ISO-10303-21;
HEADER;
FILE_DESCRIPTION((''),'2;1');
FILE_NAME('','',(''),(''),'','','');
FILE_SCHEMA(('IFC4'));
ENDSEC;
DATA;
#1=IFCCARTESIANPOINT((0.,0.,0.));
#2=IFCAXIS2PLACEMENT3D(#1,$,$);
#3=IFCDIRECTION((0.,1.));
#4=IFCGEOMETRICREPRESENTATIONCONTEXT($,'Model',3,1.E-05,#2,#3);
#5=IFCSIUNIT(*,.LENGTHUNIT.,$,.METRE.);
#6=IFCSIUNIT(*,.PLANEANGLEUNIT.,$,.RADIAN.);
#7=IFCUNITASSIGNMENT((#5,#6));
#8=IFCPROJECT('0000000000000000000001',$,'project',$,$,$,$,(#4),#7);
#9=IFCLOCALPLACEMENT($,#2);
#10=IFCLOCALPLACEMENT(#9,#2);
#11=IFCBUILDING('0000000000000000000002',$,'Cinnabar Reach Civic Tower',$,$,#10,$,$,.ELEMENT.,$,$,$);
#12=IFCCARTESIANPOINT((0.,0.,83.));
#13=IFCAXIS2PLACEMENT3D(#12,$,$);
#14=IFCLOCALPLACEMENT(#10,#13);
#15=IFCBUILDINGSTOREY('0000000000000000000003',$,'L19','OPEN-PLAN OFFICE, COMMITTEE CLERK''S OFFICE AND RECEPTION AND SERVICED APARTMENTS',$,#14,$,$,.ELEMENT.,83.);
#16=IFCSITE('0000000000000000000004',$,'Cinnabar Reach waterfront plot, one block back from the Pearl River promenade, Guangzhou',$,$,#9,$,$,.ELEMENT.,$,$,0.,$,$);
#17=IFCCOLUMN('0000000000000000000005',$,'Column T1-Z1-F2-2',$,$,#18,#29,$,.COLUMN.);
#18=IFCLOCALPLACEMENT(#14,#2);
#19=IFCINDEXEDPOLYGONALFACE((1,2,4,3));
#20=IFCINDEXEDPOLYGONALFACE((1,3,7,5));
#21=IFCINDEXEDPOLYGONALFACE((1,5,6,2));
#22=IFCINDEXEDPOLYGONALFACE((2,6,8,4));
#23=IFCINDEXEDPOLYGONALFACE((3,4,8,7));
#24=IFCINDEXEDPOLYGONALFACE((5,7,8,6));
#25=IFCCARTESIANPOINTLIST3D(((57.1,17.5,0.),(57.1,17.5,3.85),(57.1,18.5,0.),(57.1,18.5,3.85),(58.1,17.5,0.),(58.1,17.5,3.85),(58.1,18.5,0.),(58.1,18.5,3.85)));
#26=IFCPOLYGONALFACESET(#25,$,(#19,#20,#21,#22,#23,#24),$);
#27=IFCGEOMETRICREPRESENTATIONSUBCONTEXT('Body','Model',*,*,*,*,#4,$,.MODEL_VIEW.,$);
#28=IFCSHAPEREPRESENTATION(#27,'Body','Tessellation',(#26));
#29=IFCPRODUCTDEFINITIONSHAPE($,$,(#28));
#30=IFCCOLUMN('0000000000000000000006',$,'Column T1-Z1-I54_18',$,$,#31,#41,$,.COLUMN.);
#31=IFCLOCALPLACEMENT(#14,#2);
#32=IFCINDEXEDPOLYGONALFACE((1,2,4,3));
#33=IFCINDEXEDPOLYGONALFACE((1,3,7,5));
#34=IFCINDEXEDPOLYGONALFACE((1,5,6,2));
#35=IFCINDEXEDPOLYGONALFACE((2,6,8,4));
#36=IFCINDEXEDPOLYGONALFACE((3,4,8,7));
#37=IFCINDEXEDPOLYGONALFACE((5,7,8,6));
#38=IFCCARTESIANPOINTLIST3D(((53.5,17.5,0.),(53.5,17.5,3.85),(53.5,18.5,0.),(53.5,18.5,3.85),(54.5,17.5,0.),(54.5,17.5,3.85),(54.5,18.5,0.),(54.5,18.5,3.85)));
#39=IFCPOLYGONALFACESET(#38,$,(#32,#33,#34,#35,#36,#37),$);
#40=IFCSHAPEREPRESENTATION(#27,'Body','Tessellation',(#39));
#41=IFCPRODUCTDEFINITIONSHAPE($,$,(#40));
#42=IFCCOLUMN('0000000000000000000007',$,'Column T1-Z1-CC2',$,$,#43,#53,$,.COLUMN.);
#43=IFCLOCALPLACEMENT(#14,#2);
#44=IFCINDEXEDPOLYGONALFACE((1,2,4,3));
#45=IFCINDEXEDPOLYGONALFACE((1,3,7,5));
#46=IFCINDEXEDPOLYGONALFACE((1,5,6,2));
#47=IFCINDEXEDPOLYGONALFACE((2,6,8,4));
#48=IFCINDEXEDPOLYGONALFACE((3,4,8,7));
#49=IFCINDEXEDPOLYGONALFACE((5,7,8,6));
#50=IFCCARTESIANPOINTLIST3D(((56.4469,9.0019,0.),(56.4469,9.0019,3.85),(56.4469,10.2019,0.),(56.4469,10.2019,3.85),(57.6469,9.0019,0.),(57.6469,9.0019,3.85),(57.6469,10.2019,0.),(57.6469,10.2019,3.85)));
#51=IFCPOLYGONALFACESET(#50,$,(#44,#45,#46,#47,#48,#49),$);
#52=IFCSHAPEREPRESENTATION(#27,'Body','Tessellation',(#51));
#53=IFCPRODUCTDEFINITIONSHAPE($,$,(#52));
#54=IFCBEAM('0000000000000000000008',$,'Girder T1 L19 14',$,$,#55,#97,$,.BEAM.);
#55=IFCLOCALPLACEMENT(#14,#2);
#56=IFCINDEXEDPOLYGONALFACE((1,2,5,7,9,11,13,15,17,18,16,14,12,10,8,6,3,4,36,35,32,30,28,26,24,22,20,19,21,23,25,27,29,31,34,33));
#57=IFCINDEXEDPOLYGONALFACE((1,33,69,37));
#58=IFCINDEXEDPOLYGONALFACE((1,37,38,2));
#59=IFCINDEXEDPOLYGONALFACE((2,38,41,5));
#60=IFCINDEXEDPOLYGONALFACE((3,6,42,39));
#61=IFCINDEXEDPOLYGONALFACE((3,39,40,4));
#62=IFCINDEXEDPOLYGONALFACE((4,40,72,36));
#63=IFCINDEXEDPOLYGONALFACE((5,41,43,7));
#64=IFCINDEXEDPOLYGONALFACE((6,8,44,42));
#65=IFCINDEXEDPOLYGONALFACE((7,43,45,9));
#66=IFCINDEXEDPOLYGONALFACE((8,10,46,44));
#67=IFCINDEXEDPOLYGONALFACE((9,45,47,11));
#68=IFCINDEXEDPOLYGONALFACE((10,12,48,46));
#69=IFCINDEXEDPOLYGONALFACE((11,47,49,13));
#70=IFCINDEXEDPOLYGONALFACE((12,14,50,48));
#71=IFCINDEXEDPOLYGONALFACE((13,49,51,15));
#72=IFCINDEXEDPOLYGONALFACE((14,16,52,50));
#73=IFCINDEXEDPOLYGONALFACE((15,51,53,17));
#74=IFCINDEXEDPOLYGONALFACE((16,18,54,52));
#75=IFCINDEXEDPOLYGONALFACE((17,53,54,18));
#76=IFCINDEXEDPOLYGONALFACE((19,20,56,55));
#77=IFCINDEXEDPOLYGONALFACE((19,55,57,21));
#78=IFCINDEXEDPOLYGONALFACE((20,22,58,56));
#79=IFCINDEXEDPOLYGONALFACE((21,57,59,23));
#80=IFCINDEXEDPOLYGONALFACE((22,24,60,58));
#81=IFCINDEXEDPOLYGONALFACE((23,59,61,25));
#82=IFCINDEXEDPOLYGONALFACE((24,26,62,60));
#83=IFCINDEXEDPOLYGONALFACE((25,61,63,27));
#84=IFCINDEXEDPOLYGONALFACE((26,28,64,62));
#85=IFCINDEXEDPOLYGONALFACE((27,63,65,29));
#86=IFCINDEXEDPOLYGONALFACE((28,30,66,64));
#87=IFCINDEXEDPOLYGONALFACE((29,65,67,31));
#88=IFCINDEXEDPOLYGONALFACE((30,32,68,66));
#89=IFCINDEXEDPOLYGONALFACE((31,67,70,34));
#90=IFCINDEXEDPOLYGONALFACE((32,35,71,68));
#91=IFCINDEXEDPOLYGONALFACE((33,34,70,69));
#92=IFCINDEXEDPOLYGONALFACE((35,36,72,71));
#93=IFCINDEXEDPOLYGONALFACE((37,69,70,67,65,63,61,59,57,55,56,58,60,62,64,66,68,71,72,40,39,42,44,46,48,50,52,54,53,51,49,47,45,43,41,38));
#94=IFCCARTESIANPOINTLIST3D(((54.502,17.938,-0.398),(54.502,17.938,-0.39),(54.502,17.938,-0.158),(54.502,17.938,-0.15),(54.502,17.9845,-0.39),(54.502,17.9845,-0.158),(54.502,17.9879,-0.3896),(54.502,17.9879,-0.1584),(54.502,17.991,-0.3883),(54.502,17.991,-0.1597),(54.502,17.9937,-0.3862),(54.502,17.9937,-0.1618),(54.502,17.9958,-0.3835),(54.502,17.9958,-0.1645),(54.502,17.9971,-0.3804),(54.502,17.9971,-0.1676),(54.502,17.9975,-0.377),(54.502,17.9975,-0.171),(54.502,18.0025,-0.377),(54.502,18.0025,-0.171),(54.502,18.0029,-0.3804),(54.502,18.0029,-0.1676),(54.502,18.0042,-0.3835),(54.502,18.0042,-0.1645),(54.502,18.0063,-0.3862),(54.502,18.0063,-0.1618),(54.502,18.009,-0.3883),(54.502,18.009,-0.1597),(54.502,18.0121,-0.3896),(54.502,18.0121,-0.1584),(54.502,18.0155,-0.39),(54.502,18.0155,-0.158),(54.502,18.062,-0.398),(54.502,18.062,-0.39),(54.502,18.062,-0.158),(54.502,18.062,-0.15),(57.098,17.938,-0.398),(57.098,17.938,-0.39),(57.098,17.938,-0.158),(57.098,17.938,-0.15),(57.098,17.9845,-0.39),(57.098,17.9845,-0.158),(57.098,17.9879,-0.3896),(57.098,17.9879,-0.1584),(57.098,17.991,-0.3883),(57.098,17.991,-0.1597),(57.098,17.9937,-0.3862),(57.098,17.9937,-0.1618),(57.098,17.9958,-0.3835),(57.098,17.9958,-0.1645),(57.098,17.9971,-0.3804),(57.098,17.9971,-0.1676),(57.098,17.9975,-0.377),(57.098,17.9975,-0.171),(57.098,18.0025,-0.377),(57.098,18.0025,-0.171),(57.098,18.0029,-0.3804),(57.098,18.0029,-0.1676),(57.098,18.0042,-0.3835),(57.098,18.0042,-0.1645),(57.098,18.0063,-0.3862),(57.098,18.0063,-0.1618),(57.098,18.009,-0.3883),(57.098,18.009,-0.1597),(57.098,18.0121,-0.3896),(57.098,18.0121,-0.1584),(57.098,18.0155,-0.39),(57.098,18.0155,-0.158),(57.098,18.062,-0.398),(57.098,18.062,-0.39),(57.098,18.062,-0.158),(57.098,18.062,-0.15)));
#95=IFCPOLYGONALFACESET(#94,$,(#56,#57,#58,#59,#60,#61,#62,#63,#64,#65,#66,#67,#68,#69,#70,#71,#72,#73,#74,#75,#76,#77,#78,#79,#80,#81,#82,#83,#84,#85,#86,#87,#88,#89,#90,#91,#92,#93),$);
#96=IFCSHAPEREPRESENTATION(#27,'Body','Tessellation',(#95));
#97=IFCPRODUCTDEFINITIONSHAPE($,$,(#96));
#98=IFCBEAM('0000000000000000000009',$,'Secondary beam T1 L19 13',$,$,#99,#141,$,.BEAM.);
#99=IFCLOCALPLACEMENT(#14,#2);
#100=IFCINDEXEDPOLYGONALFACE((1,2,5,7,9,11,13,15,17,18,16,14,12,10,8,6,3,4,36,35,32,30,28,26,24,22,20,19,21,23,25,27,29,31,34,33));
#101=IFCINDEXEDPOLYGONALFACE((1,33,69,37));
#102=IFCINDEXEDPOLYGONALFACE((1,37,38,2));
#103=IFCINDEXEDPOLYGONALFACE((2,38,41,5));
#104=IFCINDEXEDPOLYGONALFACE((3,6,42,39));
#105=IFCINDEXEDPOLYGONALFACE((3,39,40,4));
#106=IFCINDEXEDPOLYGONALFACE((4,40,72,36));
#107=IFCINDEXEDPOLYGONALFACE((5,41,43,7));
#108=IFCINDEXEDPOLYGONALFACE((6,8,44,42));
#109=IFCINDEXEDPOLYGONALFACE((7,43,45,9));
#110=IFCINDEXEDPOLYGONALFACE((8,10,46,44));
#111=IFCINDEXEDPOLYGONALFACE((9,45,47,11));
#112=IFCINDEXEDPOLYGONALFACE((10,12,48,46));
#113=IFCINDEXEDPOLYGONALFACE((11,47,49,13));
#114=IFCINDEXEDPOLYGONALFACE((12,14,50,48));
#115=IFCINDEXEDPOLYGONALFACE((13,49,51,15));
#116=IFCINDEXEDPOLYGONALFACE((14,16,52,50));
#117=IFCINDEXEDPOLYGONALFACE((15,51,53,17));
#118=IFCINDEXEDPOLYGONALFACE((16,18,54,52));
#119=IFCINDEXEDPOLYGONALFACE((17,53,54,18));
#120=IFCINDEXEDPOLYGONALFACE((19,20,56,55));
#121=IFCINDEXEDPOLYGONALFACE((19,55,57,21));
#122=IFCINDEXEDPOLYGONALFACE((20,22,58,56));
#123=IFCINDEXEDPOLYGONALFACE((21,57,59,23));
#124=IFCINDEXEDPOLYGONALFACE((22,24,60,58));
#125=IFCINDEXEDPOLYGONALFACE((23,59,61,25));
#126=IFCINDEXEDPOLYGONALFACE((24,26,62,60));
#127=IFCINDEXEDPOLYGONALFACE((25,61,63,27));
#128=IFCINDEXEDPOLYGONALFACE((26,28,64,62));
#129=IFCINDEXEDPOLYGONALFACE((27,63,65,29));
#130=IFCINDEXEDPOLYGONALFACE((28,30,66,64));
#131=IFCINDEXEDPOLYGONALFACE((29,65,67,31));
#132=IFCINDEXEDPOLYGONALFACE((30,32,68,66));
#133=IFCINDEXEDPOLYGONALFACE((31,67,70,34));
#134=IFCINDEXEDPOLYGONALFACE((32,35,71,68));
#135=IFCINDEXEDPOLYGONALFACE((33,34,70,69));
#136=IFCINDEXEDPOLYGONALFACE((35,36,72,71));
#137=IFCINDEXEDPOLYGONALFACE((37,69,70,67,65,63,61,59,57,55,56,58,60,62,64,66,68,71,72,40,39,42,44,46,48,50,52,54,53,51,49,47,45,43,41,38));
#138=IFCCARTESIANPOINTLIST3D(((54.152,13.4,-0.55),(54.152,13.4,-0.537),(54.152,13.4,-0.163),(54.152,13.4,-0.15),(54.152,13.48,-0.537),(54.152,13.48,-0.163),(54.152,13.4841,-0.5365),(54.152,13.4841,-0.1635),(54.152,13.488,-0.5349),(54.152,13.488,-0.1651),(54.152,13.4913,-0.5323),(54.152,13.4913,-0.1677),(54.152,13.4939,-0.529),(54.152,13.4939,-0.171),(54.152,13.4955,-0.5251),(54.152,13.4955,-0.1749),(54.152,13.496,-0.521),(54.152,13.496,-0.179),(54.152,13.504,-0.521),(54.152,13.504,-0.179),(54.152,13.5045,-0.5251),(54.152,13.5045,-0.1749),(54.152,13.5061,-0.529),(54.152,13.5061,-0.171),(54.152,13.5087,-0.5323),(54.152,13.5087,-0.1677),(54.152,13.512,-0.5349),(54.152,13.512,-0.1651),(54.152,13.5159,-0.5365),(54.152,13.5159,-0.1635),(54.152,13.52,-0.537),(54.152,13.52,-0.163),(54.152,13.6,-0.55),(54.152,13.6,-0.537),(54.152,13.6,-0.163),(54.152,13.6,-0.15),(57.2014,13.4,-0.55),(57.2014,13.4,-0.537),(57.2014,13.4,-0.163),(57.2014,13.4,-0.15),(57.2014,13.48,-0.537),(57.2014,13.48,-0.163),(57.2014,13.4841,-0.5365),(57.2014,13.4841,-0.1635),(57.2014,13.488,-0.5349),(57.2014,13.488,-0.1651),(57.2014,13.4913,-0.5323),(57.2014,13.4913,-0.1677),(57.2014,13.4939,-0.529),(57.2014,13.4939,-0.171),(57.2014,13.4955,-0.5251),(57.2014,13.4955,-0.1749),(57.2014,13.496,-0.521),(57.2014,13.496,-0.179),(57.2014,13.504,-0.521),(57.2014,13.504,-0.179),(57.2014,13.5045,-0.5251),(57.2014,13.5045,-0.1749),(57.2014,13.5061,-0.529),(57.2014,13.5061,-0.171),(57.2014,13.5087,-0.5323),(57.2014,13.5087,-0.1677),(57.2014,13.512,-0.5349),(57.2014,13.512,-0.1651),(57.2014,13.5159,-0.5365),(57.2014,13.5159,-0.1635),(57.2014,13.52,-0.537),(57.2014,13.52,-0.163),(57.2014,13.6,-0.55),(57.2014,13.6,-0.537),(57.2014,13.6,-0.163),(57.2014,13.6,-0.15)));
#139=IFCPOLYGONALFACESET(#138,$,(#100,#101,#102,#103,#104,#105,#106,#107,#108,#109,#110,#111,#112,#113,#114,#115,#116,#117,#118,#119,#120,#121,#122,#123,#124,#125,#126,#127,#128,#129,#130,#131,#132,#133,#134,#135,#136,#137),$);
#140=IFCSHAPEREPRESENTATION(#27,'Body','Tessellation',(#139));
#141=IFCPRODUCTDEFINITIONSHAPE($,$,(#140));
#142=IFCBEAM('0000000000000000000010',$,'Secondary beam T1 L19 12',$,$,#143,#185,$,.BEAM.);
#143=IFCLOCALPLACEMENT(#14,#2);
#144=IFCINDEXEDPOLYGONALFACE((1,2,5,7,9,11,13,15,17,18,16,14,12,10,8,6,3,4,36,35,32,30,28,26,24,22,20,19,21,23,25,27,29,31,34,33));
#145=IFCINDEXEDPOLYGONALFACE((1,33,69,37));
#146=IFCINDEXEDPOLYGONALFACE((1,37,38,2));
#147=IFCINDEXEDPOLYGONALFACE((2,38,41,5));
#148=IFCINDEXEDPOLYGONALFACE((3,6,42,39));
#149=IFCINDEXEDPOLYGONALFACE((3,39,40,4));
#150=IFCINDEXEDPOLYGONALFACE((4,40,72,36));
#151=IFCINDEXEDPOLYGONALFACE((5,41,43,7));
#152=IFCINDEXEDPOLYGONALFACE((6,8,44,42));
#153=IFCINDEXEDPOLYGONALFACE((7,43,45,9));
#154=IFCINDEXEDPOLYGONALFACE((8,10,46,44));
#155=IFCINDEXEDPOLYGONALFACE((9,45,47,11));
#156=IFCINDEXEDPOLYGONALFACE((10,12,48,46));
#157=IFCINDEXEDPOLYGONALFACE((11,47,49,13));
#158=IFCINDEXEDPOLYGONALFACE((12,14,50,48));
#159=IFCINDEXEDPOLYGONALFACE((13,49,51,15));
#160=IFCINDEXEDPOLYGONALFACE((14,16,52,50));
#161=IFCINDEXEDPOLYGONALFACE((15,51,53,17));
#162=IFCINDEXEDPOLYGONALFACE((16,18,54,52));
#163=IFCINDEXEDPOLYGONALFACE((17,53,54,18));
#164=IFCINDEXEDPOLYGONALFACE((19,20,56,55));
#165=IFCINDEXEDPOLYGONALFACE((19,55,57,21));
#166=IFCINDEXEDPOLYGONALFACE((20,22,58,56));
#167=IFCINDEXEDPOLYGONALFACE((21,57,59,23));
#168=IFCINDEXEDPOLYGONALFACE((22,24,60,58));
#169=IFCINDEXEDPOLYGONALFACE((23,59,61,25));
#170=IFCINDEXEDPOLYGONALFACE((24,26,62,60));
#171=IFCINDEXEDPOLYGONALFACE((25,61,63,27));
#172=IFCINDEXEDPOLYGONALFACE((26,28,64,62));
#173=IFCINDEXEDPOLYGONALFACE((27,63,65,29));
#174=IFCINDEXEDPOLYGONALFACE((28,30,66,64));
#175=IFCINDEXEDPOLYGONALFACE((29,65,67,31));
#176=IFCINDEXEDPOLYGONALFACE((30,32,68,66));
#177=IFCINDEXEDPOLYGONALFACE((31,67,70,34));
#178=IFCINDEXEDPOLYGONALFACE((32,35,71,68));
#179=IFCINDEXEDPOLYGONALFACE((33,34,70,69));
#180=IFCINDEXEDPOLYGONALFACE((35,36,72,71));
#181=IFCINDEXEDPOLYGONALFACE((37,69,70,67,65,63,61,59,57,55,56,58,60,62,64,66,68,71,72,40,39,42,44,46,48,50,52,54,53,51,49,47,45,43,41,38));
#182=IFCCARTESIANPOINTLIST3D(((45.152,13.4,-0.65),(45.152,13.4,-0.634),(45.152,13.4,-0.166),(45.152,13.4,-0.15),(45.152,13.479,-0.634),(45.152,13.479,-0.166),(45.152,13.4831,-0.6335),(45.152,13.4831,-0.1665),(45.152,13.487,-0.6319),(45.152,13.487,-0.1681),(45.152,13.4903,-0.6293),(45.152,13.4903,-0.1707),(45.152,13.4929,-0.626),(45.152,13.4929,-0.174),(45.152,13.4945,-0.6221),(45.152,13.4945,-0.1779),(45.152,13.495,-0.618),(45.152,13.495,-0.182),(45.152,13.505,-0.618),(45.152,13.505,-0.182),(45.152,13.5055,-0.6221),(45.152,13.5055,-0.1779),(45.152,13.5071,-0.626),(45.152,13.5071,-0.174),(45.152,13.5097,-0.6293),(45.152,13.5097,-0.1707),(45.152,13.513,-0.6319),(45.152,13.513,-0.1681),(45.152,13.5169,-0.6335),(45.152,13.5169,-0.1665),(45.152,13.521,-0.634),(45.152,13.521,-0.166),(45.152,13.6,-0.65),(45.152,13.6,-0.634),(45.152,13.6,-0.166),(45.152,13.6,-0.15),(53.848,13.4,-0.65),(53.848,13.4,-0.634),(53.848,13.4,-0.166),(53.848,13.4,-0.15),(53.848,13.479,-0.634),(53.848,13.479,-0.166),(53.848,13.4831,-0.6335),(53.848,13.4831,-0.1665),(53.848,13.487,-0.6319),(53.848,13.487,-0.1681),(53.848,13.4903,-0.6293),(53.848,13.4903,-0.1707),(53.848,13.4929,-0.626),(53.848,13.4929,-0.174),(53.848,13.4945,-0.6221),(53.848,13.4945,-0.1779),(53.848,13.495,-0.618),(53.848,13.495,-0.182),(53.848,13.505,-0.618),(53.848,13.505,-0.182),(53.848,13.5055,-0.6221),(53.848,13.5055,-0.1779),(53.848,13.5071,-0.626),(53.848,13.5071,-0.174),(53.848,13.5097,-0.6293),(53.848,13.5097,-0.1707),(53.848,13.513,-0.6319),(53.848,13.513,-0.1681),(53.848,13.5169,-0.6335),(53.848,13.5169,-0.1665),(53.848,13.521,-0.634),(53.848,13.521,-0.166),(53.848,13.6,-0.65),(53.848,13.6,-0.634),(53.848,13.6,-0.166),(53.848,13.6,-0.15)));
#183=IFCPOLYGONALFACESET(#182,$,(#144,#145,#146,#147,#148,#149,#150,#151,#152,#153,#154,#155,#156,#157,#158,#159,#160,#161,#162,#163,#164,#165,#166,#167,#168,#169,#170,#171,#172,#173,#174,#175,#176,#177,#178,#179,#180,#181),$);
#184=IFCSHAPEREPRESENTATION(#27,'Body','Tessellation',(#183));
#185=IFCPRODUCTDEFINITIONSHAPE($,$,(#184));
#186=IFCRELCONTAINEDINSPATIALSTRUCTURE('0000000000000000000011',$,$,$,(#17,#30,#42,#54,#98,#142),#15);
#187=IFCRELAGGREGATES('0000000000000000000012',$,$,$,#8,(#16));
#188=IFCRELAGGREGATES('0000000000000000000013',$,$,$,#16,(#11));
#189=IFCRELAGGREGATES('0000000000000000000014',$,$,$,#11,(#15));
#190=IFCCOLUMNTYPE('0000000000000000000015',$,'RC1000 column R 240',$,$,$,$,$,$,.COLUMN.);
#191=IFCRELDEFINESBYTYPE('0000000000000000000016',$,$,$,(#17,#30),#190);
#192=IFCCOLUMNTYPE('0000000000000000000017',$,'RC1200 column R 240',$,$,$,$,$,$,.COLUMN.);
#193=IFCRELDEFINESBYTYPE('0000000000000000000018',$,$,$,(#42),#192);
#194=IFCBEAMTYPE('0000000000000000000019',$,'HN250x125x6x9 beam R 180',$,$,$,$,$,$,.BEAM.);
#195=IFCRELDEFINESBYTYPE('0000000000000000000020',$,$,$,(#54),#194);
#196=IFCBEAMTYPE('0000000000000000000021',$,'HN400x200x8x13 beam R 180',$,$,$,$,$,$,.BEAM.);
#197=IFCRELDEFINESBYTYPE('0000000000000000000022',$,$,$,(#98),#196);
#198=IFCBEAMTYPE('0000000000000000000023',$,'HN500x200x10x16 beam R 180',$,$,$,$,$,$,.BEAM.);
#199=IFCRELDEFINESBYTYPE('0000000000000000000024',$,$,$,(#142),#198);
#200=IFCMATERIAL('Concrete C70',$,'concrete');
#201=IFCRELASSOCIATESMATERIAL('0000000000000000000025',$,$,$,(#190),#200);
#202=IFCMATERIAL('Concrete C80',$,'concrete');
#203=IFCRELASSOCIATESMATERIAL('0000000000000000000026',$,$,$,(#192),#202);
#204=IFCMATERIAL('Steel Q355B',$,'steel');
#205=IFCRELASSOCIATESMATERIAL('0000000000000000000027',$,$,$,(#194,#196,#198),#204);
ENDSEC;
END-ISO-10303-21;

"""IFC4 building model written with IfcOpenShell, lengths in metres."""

from ifc_helpers import new_model, si_unit, direction, frame, origin, origin_2d, place, context, subcontext, project, spatial, rectangle, i_section, extrude, material, material_profile, profile_set, type_object, element, save


model = new_model("IFC4")

# Units and contexts
model_context = context("Model", 3, precision=1e-05, world=origin(), true_north=direction((0.0, 1.0)))
body_context = subcontext(model_context, "Body", "Model", "MODEL_VIEW")
ifc_project = project(units=[si_unit("LENGTHUNIT", "METRE"), si_unit("PLANEANGLEUNIT", "RADIAN")], contexts=[model_context])

# Site, building, storey
site_placement = place(None, origin())
site = spatial("IfcSite", under=ifc_project, at=site_placement, Name="Cinnabar Reach waterfront plot, one block back from the Pearl River promenade, Guangzhou", CompositionType="ELEMENT", RefElevation=0.0)
building_placement = place(site_placement, origin())
building = spatial("IfcBuilding", under=site, at=building_placement, Name="Cinnabar Reach Civic Tower", CompositionType="ELEMENT")
storey_placement = place(building_placement, frame((0.0, 0.0, 83.0)))
storey = spatial("IfcBuildingStorey", under=building, at=storey_placement, Name="L19", Description="OPEN-PLAN OFFICE, COMMITTEE CLERK'S OFFICE AND RECEPTION AND SERVICED APARTMENTS", CompositionType="ELEMENT", Elevation=83.0)

# Columns
ifc_material_1 = material(Name="Concrete C70", Category="concrete")
ifc_material_profile_1 = material_profile(ifc_material_1, rectangle(XDim=1.0, YDim=1.0, at=origin_2d()), Name="RC1000")
ifc_profile_set_1 = profile_set([ifc_material_profile_1], Name="Concrete C70")
column_type_1 = type_object("IfcColumnType", Name="RC1000 column R 240", PredefinedType="COLUMN", material=ifc_profile_set_1)
for number, where, z_axis, x_axis, name in (
    (1, (57.6, 18.0, 0.0), (0.0, 0.0, 1.0), (1.0, 0.0, 0.0), "Column T1-Z1-F2-2"),
    (2, (54.0, 18.0, 0.0), (0.0, 0.0, 1.0), (1.0, 0.0, 0.0), "Column T1-Z1-I54_18"),
):
    element("IfcColumn", number, at=place(storey_placement, frame(where, z_axis=z_axis, x_axis=x_axis)), inside=storey, type_object=column_type_1, Name=name, PredefinedType="COLUMN", context=body_context, shape_type="SweptSolid", body=[
        extrude(rectangle(XDim=1.0, YDim=1.0, at=origin_2d()), origin(), (0.0, 0.0, 1.0), 3.85),
    ])
ifc_material_2 = material(Name="Concrete C80", Category="concrete")
ifc_material_profile_2 = material_profile(ifc_material_2, rectangle(XDim=1.2, YDim=1.2, at=origin_2d()), Name="RC1200")
ifc_profile_set_2 = profile_set([ifc_material_profile_2], Name="Concrete C80")
column_type_2 = type_object("IfcColumnType", Name="RC1200 column R 240", PredefinedType="COLUMN", material=ifc_profile_set_2)
column_placement = place(storey_placement, frame((57.0469, 9.6019, 0.0), z_axis=(0.0, 0.0, 1.0), x_axis=(1.0, 0.0, 0.0)))
element("IfcColumn", 3, at=column_placement, inside=storey, type_object=column_type_2, Name="Column T1-Z1-CC2", PredefinedType="COLUMN", context=body_context, shape_type="SweptSolid", body=[
    extrude(rectangle(XDim=1.2, YDim=1.2, at=origin_2d()), origin(), (0.0, 0.0, 1.0), 3.85),
])

# Beams
ifc_material_3 = material(Name="Steel Q355B", Category="steel")
ifc_material_profile_3 = material_profile(ifc_material_3, i_section(OverallWidth=0.124, OverallDepth=0.248, WebThickness=0.005, FlangeThickness=0.008, FilletRadius=0.013, at=origin_2d()), Name="HN250x125x6x9")
ifc_profile_set_3 = profile_set([ifc_material_profile_3], Name="Steel Q355B")
beam_type_1 = type_object("IfcBeamType", Name="HN250x125x6x9 beam R 180", PredefinedType="BEAM", material=ifc_profile_set_3)
beam_1_placement = place(storey_placement, frame((54.502, 18.0, -0.274), z_axis=(1.0, 0.0, 0.0), x_axis=(0.0, 1.0, 0.0)))
element("IfcBeam", 4, at=beam_1_placement, inside=storey, type_object=beam_type_1, Name="Girder T1 L19 14", PredefinedType="BEAM", context=body_context, shape_type="SweptSolid", body=[
    extrude(i_section(OverallWidth=0.124, OverallDepth=0.248, WebThickness=0.005, FlangeThickness=0.008, FilletRadius=0.013, at=origin_2d()), origin(), (0.0, 0.0, 1.0), 2.596),
])
ifc_material_profile_4 = material_profile(ifc_material_3, i_section(OverallWidth=0.2, OverallDepth=0.4, WebThickness=0.008, FlangeThickness=0.013, FilletRadius=0.016, at=origin_2d()), Name="HN400x200x8x13")
ifc_profile_set_4 = profile_set([ifc_material_profile_4], Name="Steel Q355B")
beam_type_2 = type_object("IfcBeamType", Name="HN400x200x8x13 beam R 180", PredefinedType="BEAM", material=ifc_profile_set_4)
beam_2_placement = place(storey_placement, frame((54.152, 13.5, -0.35), z_axis=(1.0, 0.0, 0.0), x_axis=(0.0, 1.0, 0.0)))
element("IfcBeam", 5, at=beam_2_placement, inside=storey, type_object=beam_type_2, Name="Secondary beam T1 L19 13", PredefinedType="BEAM", context=body_context, shape_type="SweptSolid", body=[
    extrude(i_section(OverallWidth=0.2, OverallDepth=0.4, WebThickness=0.008, FlangeThickness=0.013, FilletRadius=0.016, at=origin_2d()), origin(), (0.0, 0.0, 1.0), 3.0494),
])
ifc_material_profile_5 = material_profile(ifc_material_3, i_section(OverallWidth=0.2, OverallDepth=0.5, WebThickness=0.01, FlangeThickness=0.016, FilletRadius=0.016, at=origin_2d()), Name="HN500x200x10x16")
ifc_profile_set_5 = profile_set([ifc_material_profile_5], Name="Steel Q355B")
beam_type_3 = type_object("IfcBeamType", Name="HN500x200x10x16 beam R 180", PredefinedType="BEAM", material=ifc_profile_set_5)
beam_3_placement = place(storey_placement, frame((45.152, 13.5, -0.4), z_axis=(1.0, 0.0, 0.0), x_axis=(0.0, 1.0, 0.0)))
element("IfcBeam", 6, at=beam_3_placement, inside=storey, type_object=beam_type_3, Name="Secondary beam T1 L19 12", PredefinedType="BEAM", context=body_context, shape_type="SweptSolid", body=[
    extrude(i_section(OverallWidth=0.2, OverallDepth=0.5, WebThickness=0.01, FlangeThickness=0.016, FilletRadius=0.016, at=origin_2d()), origin(), (0.0, 0.0, 1.0), 8.696),
])

save(model, "model.ifc")
